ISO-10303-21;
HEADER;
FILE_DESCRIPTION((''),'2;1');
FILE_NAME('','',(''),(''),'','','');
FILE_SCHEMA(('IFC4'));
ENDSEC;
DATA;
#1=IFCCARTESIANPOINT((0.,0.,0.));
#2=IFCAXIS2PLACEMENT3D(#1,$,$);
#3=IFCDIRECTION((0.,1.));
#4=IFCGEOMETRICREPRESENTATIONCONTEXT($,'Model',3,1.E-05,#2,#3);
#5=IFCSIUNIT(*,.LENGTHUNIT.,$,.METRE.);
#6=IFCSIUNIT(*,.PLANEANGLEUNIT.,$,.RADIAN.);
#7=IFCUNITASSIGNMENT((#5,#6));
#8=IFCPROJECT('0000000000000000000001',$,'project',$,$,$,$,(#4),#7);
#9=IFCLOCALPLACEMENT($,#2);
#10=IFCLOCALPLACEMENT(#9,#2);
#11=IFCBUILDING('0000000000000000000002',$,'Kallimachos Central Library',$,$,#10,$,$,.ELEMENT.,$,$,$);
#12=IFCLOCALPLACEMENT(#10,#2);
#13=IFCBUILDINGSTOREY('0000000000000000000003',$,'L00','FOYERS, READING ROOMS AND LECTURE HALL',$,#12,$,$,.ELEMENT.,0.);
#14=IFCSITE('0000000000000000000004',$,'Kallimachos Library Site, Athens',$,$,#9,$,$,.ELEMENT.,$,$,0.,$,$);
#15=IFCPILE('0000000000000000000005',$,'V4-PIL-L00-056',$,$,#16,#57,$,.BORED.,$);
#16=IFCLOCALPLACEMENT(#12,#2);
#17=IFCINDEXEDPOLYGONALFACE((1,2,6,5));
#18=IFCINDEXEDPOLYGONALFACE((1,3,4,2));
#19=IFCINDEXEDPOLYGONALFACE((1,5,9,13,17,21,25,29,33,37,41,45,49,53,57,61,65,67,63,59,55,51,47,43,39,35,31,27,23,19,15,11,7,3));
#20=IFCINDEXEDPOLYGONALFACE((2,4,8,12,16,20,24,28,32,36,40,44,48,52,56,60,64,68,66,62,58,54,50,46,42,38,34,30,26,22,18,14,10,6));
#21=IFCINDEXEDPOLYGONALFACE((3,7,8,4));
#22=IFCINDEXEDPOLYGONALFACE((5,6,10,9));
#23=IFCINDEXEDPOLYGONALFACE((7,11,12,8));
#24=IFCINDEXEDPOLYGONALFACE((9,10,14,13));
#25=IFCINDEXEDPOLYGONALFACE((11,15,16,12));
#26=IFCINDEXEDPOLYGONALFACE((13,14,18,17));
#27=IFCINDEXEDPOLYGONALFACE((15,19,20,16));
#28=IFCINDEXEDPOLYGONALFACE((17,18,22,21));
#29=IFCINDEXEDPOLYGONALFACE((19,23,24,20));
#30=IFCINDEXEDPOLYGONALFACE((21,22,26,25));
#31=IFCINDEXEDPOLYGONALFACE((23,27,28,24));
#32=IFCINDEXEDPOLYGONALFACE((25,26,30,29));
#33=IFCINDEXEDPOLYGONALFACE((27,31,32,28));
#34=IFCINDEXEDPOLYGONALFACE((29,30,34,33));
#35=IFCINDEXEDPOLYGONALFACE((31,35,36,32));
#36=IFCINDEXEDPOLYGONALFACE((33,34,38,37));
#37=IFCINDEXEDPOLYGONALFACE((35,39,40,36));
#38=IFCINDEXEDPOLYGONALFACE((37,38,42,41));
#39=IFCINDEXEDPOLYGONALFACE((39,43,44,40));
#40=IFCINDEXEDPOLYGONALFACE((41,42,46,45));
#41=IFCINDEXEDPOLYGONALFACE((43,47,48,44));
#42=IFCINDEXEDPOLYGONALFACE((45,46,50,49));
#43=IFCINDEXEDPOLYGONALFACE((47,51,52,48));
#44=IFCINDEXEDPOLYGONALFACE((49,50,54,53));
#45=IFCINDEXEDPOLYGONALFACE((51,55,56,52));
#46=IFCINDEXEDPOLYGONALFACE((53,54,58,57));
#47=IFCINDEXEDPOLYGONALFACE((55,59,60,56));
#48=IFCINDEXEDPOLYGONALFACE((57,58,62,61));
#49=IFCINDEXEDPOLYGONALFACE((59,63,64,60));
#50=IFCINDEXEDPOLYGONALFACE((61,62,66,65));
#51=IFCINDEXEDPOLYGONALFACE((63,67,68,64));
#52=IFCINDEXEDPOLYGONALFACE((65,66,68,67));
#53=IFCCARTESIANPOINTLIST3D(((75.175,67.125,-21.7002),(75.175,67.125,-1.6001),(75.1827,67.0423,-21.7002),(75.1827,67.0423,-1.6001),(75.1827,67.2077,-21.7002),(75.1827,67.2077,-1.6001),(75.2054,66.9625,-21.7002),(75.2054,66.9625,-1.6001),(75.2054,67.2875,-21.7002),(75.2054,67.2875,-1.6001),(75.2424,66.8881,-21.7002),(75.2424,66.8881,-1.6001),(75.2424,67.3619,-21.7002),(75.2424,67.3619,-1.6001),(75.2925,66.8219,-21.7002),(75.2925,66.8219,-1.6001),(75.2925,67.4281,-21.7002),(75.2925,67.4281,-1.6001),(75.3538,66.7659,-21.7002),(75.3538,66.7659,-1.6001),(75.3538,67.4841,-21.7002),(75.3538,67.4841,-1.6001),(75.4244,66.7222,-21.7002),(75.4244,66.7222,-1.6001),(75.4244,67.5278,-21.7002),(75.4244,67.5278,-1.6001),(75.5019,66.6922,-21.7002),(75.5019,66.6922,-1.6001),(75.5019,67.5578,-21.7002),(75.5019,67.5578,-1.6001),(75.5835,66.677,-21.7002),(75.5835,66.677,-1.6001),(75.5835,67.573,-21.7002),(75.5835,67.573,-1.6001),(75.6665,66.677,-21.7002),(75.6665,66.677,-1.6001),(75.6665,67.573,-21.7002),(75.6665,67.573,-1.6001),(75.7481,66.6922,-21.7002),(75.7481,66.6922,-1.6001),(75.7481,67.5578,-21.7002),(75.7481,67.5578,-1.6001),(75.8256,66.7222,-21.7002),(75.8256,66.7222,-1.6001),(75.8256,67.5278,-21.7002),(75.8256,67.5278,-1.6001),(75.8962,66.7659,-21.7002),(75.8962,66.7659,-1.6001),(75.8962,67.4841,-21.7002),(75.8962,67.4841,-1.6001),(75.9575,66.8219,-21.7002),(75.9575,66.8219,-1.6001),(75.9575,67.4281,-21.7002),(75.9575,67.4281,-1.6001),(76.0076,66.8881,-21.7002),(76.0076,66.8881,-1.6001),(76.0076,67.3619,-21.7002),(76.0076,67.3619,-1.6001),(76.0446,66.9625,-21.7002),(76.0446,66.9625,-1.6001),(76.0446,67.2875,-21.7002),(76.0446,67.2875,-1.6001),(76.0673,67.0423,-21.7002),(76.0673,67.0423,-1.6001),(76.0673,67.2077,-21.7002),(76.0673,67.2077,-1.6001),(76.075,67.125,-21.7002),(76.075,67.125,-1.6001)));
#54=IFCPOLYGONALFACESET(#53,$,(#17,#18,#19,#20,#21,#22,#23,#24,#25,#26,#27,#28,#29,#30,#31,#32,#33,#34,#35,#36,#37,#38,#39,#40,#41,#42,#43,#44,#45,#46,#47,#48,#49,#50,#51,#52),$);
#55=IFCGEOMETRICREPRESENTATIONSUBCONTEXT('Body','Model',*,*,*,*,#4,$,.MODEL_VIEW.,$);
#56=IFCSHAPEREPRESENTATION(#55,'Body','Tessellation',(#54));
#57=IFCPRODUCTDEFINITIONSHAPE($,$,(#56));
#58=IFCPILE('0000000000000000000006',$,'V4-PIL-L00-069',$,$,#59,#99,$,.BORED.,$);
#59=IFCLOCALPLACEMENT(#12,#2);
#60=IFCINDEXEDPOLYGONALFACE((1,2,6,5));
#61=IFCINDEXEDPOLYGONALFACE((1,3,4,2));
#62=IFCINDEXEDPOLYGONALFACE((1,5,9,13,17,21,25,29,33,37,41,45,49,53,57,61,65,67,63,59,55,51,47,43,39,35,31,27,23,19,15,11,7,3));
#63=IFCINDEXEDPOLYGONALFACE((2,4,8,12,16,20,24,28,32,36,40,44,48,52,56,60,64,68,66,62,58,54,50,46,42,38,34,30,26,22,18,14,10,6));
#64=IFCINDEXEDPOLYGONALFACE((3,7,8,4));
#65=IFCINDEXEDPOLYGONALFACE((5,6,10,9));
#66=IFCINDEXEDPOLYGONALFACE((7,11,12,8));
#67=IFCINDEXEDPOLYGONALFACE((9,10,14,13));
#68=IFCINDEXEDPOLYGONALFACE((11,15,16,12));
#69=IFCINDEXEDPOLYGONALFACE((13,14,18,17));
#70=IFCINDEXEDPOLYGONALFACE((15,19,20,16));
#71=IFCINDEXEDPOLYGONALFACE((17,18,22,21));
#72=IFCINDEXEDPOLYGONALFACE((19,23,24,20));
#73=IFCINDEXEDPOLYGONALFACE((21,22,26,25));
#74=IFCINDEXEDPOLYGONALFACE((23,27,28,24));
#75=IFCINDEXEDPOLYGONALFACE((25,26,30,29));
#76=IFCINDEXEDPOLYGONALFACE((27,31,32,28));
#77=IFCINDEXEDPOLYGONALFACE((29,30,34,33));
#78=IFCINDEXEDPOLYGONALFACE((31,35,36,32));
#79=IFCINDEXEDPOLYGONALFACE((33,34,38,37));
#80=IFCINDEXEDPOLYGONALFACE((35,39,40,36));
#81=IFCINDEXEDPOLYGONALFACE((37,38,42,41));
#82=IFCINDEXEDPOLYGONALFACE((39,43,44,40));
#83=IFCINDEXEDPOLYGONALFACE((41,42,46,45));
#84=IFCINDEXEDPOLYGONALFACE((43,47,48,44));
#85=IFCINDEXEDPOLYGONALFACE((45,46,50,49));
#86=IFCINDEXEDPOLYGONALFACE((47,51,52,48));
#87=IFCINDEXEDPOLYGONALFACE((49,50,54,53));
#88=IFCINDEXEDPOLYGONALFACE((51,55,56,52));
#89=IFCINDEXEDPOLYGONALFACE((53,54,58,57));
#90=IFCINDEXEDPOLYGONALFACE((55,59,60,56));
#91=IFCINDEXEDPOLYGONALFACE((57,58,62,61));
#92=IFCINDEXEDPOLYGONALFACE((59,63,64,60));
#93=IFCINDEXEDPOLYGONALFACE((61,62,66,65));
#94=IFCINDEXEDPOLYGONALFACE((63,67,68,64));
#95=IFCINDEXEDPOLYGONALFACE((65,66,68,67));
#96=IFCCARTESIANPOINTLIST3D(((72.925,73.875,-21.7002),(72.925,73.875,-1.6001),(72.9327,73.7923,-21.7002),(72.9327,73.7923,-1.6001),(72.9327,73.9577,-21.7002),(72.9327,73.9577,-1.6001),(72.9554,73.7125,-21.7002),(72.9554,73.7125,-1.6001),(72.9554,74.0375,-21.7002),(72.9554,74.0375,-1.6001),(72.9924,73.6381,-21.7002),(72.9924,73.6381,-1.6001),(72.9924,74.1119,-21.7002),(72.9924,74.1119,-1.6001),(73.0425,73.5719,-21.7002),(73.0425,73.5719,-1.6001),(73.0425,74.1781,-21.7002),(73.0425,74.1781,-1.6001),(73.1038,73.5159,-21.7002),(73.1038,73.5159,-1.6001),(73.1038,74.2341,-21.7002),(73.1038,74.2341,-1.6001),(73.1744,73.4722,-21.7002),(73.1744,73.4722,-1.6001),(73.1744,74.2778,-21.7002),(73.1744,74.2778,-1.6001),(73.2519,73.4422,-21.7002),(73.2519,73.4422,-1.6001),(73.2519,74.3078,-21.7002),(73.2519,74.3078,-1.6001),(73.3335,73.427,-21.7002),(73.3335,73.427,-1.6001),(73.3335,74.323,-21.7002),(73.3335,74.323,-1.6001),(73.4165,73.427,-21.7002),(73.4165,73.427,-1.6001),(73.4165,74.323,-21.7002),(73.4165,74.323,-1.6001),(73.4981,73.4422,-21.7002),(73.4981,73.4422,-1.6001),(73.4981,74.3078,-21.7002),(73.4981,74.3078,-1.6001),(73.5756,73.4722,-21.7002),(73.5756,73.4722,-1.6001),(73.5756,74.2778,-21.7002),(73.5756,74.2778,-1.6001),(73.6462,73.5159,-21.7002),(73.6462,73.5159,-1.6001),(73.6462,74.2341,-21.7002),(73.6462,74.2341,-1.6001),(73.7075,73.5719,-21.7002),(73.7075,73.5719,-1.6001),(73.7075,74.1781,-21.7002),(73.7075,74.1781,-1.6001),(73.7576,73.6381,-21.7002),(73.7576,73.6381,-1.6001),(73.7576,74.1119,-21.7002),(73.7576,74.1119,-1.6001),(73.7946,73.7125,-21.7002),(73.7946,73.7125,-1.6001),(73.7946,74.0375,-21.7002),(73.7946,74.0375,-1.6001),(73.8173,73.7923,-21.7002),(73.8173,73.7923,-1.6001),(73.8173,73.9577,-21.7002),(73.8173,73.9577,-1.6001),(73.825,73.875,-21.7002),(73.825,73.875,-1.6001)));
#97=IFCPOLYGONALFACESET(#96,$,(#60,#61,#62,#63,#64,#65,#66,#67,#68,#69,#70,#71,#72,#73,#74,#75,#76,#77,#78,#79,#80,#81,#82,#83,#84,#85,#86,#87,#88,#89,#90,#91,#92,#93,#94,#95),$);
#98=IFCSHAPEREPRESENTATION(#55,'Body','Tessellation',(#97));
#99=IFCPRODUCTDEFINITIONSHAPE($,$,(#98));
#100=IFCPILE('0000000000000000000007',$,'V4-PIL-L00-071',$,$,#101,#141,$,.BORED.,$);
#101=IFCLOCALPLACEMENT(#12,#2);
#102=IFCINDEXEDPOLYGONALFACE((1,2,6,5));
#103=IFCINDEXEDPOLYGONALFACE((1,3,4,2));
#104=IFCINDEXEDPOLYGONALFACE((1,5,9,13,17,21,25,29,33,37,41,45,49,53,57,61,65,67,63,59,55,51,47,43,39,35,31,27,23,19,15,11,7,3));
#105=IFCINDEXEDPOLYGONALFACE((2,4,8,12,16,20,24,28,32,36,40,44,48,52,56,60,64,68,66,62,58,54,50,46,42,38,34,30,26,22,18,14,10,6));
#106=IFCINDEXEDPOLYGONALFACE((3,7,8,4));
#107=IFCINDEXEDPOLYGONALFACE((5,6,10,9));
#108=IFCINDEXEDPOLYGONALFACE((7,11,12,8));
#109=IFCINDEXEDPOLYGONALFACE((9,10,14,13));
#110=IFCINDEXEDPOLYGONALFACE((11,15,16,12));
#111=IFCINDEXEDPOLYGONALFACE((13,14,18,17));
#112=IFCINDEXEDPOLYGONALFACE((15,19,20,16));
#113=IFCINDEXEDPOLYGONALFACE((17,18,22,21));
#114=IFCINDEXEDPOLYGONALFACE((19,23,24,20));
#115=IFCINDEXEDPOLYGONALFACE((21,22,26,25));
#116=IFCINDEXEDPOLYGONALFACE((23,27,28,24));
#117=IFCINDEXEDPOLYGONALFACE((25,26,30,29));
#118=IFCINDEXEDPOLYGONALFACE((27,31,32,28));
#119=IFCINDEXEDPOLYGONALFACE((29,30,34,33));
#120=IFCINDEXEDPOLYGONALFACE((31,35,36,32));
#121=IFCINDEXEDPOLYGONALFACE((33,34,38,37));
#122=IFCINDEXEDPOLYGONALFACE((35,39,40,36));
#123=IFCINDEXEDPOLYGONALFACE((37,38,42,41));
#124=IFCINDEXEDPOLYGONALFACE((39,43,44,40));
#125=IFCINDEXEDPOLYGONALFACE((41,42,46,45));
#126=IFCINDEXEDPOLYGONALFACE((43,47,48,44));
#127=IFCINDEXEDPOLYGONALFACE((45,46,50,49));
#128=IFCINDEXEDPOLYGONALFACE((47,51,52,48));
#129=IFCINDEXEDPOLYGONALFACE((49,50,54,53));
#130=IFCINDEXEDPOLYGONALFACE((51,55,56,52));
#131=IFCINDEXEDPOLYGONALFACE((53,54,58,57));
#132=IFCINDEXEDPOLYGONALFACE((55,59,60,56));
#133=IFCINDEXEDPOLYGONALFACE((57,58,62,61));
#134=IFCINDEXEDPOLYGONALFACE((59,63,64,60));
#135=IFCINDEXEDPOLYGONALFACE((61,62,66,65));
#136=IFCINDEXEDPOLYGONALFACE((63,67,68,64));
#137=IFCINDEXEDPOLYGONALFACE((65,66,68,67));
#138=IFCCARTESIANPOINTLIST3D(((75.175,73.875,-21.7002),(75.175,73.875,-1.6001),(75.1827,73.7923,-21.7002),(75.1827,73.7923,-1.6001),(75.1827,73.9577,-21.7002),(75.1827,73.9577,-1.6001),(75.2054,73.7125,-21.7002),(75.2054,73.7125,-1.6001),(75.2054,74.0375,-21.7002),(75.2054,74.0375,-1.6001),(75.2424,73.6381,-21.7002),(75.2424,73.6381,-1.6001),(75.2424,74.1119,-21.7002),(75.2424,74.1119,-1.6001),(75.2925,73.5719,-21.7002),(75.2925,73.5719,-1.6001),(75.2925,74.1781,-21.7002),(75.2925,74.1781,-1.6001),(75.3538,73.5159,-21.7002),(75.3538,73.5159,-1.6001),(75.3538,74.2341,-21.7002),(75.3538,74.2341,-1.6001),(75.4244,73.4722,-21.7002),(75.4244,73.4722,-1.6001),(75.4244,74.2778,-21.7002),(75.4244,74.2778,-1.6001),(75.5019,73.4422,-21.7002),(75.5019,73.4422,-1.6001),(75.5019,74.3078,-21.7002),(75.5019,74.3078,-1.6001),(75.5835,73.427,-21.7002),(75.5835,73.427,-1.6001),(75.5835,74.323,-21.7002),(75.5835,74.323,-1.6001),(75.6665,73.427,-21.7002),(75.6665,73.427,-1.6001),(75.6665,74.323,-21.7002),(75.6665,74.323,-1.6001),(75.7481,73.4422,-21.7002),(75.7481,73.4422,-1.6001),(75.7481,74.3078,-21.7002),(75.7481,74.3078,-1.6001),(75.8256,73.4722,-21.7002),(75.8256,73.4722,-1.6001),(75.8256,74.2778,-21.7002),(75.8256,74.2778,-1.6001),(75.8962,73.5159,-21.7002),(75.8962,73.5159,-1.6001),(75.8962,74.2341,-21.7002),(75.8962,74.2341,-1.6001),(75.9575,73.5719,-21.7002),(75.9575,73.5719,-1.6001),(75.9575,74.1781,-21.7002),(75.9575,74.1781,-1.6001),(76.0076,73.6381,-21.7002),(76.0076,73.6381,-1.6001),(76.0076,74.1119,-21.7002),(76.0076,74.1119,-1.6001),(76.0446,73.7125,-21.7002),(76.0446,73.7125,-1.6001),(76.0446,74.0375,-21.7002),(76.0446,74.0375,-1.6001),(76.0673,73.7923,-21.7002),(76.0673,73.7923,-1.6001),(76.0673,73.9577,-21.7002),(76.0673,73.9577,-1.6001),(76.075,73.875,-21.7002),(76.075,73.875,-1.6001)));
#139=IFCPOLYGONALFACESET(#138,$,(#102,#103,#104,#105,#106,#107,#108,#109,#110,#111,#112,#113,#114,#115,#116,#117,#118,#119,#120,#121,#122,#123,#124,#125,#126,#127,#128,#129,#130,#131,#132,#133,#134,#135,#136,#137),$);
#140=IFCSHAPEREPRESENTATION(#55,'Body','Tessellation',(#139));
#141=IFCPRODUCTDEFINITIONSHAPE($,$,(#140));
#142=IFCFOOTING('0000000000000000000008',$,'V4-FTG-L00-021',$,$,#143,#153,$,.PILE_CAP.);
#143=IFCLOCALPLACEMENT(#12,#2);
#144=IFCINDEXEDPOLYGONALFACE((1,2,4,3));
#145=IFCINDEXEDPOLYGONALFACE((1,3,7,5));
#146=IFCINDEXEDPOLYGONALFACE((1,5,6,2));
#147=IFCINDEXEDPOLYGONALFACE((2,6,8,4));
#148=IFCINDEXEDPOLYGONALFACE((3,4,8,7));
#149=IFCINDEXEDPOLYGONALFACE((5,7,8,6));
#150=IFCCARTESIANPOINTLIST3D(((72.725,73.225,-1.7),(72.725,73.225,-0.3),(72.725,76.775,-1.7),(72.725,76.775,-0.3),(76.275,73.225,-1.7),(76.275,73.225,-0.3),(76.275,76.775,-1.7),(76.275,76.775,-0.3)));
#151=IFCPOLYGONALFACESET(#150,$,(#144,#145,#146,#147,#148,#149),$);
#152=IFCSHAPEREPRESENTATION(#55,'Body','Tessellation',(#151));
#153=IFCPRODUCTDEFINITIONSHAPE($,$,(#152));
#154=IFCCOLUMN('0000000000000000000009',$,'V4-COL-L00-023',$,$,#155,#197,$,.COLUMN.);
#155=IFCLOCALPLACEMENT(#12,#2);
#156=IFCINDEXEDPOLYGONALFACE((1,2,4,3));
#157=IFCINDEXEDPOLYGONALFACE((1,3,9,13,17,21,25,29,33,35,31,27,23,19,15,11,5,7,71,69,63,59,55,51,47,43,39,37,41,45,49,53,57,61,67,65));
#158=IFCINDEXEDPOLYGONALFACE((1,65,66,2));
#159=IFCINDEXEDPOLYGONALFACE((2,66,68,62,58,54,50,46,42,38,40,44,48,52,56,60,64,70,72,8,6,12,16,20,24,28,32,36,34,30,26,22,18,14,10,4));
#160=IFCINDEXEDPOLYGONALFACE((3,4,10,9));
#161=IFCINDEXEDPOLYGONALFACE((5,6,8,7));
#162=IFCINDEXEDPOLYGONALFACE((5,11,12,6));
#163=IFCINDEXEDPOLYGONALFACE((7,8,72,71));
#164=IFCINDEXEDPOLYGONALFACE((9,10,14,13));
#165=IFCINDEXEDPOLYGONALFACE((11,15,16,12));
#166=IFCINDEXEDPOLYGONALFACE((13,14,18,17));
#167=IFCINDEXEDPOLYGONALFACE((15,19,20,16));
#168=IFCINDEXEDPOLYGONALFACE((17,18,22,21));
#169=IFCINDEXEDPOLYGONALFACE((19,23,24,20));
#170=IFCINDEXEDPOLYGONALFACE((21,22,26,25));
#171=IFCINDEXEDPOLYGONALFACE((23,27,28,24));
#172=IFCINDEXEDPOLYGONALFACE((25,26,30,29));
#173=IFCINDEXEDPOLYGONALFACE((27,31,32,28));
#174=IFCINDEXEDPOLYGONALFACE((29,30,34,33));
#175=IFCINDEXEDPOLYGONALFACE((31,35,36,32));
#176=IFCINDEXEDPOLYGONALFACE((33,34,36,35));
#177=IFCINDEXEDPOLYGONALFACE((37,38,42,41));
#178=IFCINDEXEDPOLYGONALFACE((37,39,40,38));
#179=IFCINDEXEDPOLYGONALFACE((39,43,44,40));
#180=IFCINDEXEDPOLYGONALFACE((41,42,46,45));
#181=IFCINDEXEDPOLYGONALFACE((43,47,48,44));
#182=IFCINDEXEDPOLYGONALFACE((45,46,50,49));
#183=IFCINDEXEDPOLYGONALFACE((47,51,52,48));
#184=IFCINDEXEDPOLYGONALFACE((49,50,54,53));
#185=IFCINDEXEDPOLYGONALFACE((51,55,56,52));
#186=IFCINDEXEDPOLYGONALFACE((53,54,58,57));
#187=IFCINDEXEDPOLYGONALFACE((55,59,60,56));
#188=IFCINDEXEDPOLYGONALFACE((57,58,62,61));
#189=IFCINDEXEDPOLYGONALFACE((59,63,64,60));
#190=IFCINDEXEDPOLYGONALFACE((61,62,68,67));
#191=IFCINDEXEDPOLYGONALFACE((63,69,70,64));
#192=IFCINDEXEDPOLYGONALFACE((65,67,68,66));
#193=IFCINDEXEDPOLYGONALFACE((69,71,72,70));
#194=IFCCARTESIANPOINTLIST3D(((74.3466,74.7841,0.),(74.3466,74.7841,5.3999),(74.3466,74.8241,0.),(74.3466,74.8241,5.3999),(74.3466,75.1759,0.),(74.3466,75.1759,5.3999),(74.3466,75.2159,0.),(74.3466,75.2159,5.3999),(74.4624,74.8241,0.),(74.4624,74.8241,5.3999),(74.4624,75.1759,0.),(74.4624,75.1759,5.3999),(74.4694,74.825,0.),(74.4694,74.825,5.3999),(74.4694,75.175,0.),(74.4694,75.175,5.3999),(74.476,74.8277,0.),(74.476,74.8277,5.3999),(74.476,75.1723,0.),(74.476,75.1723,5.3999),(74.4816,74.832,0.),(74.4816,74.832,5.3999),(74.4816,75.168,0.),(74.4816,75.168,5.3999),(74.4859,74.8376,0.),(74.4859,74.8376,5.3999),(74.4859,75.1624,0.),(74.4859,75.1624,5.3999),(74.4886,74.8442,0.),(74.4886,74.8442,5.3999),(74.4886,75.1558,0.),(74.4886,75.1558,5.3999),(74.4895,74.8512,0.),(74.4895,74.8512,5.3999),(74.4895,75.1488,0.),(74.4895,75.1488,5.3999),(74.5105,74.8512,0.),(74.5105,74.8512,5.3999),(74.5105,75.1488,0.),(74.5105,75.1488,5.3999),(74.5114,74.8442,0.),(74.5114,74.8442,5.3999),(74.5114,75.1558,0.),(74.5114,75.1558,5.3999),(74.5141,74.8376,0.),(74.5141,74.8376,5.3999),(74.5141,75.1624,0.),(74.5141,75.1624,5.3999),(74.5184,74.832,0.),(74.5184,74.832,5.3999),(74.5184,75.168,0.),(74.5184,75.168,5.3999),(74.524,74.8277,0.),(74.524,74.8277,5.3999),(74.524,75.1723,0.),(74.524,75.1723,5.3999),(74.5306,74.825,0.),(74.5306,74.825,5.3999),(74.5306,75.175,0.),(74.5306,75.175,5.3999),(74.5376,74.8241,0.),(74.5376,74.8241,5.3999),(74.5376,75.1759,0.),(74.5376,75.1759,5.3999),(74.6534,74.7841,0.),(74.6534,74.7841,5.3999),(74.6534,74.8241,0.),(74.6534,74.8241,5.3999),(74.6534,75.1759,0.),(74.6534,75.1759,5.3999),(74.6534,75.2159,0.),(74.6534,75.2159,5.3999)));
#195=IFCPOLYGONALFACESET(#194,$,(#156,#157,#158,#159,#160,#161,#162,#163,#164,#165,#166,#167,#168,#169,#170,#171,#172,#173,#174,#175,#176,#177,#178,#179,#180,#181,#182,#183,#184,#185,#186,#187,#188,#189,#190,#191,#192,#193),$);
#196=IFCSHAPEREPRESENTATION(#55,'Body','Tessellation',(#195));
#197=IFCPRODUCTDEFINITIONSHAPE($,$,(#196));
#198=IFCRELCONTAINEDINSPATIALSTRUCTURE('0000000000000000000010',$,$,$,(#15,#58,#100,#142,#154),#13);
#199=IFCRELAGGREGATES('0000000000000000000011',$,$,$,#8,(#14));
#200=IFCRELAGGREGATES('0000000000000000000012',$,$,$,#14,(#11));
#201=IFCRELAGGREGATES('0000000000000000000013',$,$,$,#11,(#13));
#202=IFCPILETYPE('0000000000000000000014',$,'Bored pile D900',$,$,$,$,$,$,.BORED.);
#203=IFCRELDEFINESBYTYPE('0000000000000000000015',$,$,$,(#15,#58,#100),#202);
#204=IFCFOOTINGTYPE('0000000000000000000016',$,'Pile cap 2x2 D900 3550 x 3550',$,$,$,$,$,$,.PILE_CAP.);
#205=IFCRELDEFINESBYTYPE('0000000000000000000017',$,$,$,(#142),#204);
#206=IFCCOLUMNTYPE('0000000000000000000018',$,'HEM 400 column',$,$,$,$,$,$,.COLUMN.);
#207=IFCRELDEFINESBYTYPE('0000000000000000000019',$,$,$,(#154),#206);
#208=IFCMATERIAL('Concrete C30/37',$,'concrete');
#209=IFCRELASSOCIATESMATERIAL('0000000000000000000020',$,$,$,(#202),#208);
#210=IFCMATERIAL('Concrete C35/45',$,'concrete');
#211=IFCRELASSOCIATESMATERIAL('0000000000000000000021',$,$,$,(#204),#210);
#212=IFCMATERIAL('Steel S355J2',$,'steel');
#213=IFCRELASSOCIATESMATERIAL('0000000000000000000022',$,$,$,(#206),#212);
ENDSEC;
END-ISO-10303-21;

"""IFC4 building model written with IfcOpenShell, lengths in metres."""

from ifc_helpers import new_model, si_unit, direction, frame, origin, origin_2d, place, context, subcontext, project, spatial, rectangle, circle, i_section, extrude, material, material_profile, profile_set, type_object, element, save


model = new_model("IFC4")

# Units and contexts
model_context = context("Model", 3, precision=1e-05, world=origin(), true_north=direction((0.0, 1.0)))
body_context = subcontext(model_context, "Body", "Model", "MODEL_VIEW")
ifc_project = project(units=[si_unit("LENGTHUNIT", "METRE"), si_unit("PLANEANGLEUNIT", "RADIAN")], contexts=[model_context])

# Site, building, storey
site_placement = place(None, origin())
site = spatial("IfcSite", under=ifc_project, at=site_placement, Name="Kallimachos Library Site, Athens", CompositionType="ELEMENT", RefElevation=0.0)
building_placement = place(site_placement, origin())
building = spatial("IfcBuilding", under=site, at=building_placement, Name="Kallimachos Central Library", CompositionType="ELEMENT")
storey_placement = place(building_placement, origin())
storey = spatial("IfcBuildingStorey", under=building, at=storey_placement, Name="L00", Description="FOYERS, READING ROOMS AND LECTURE HALL", CompositionType="ELEMENT", Elevation=0.0)

# Piles
ifc_material_1 = material(Name="Concrete C30/37", Category="concrete")
pile_type = type_object("IfcPileType", Name="Bored pile D900", PredefinedType="BORED", material=ifc_material_1)
for number, where, z_axis, x_axis, name in (
    (1, (75.625, 67.125, -1.6001), (0.0, 0.0, -1.0), (1.0, 0.0, 0.0), "V4-PIL-L00-056"),
    (2, (73.375, 73.875, -1.6001), (0.0, 0.0, -1.0), (1.0, 0.0, 0.0), "V4-PIL-L00-069"),
    (3, (75.625, 73.875, -1.6001), (0.0, 0.0, -1.0), (1.0, 0.0, 0.0), "V4-PIL-L00-071"),
):
    element("IfcPile", number, at=place(storey_placement, frame(where, z_axis=z_axis, x_axis=x_axis)), inside=storey, type_object=pile_type, Name=name, PredefinedType="BORED", context=body_context, shape_type="SweptSolid", body=[
        extrude(circle(Radius=0.45, at=origin_2d()), origin(), (0.0, 0.0, 1.0), 20.1001),
    ])

# Footing
ifc_material_2 = material(Name="Concrete C35/45", Category="concrete")
footing_type = type_object("IfcFootingType", Name="Pile cap 2x2 D900 3550 x 3550", PredefinedType="PILE_CAP", material=ifc_material_2)
footing_placement = place(storey_placement, frame((74.5, 75.0, -1.7), z_axis=(0.0, 0.0, 1.0), x_axis=(1.0, 0.0, 0.0)))
element("IfcFooting", 4, at=footing_placement, inside=storey, type_object=footing_type, Name="V4-FTG-L00-021", PredefinedType="PILE_CAP", context=body_context, shape_type="SweptSolid", body=[
    extrude(rectangle(XDim=3.55, YDim=3.55, at=origin_2d()), origin(), (0.0, 0.0, 1.0), 1.3999),
])

# Column
ifc_material_3 = material(Name="Steel S355J2", Category="steel")
ifc_material_profile_1 = material_profile(ifc_material_3, i_section(OverallWidth=0.3069, OverallDepth=0.4319, WebThickness=0.021, FlangeThickness=0.04, FilletRadius=0.0271, at=origin_2d()), Name="HEM 400")
ifc_profile_set_1 = profile_set([ifc_material_profile_1], Name="Steel S355J2")
column_type = type_object("IfcColumnType", Name="HEM 400 column", PredefinedType="COLUMN", material=ifc_profile_set_1)
column_placement = place(storey_placement, frame((74.5, 75.0, 0.0), z_axis=(0.0, 0.0, 1.0), x_axis=(1.0, 0.0, 0.0)))
element("IfcColumn", 5, at=column_placement, inside=storey, type_object=column_type, Name="V4-COL-L00-023", PredefinedType="COLUMN", context=body_context, shape_type="SweptSolid", body=[
    extrude(i_section(OverallWidth=0.3069, OverallDepth=0.4319, WebThickness=0.021, FlangeThickness=0.04, FilletRadius=0.0271, at=origin_2d()), origin(), (0.0, 0.0, 1.0), 5.3999),
])

save(model, "model.ifc")
